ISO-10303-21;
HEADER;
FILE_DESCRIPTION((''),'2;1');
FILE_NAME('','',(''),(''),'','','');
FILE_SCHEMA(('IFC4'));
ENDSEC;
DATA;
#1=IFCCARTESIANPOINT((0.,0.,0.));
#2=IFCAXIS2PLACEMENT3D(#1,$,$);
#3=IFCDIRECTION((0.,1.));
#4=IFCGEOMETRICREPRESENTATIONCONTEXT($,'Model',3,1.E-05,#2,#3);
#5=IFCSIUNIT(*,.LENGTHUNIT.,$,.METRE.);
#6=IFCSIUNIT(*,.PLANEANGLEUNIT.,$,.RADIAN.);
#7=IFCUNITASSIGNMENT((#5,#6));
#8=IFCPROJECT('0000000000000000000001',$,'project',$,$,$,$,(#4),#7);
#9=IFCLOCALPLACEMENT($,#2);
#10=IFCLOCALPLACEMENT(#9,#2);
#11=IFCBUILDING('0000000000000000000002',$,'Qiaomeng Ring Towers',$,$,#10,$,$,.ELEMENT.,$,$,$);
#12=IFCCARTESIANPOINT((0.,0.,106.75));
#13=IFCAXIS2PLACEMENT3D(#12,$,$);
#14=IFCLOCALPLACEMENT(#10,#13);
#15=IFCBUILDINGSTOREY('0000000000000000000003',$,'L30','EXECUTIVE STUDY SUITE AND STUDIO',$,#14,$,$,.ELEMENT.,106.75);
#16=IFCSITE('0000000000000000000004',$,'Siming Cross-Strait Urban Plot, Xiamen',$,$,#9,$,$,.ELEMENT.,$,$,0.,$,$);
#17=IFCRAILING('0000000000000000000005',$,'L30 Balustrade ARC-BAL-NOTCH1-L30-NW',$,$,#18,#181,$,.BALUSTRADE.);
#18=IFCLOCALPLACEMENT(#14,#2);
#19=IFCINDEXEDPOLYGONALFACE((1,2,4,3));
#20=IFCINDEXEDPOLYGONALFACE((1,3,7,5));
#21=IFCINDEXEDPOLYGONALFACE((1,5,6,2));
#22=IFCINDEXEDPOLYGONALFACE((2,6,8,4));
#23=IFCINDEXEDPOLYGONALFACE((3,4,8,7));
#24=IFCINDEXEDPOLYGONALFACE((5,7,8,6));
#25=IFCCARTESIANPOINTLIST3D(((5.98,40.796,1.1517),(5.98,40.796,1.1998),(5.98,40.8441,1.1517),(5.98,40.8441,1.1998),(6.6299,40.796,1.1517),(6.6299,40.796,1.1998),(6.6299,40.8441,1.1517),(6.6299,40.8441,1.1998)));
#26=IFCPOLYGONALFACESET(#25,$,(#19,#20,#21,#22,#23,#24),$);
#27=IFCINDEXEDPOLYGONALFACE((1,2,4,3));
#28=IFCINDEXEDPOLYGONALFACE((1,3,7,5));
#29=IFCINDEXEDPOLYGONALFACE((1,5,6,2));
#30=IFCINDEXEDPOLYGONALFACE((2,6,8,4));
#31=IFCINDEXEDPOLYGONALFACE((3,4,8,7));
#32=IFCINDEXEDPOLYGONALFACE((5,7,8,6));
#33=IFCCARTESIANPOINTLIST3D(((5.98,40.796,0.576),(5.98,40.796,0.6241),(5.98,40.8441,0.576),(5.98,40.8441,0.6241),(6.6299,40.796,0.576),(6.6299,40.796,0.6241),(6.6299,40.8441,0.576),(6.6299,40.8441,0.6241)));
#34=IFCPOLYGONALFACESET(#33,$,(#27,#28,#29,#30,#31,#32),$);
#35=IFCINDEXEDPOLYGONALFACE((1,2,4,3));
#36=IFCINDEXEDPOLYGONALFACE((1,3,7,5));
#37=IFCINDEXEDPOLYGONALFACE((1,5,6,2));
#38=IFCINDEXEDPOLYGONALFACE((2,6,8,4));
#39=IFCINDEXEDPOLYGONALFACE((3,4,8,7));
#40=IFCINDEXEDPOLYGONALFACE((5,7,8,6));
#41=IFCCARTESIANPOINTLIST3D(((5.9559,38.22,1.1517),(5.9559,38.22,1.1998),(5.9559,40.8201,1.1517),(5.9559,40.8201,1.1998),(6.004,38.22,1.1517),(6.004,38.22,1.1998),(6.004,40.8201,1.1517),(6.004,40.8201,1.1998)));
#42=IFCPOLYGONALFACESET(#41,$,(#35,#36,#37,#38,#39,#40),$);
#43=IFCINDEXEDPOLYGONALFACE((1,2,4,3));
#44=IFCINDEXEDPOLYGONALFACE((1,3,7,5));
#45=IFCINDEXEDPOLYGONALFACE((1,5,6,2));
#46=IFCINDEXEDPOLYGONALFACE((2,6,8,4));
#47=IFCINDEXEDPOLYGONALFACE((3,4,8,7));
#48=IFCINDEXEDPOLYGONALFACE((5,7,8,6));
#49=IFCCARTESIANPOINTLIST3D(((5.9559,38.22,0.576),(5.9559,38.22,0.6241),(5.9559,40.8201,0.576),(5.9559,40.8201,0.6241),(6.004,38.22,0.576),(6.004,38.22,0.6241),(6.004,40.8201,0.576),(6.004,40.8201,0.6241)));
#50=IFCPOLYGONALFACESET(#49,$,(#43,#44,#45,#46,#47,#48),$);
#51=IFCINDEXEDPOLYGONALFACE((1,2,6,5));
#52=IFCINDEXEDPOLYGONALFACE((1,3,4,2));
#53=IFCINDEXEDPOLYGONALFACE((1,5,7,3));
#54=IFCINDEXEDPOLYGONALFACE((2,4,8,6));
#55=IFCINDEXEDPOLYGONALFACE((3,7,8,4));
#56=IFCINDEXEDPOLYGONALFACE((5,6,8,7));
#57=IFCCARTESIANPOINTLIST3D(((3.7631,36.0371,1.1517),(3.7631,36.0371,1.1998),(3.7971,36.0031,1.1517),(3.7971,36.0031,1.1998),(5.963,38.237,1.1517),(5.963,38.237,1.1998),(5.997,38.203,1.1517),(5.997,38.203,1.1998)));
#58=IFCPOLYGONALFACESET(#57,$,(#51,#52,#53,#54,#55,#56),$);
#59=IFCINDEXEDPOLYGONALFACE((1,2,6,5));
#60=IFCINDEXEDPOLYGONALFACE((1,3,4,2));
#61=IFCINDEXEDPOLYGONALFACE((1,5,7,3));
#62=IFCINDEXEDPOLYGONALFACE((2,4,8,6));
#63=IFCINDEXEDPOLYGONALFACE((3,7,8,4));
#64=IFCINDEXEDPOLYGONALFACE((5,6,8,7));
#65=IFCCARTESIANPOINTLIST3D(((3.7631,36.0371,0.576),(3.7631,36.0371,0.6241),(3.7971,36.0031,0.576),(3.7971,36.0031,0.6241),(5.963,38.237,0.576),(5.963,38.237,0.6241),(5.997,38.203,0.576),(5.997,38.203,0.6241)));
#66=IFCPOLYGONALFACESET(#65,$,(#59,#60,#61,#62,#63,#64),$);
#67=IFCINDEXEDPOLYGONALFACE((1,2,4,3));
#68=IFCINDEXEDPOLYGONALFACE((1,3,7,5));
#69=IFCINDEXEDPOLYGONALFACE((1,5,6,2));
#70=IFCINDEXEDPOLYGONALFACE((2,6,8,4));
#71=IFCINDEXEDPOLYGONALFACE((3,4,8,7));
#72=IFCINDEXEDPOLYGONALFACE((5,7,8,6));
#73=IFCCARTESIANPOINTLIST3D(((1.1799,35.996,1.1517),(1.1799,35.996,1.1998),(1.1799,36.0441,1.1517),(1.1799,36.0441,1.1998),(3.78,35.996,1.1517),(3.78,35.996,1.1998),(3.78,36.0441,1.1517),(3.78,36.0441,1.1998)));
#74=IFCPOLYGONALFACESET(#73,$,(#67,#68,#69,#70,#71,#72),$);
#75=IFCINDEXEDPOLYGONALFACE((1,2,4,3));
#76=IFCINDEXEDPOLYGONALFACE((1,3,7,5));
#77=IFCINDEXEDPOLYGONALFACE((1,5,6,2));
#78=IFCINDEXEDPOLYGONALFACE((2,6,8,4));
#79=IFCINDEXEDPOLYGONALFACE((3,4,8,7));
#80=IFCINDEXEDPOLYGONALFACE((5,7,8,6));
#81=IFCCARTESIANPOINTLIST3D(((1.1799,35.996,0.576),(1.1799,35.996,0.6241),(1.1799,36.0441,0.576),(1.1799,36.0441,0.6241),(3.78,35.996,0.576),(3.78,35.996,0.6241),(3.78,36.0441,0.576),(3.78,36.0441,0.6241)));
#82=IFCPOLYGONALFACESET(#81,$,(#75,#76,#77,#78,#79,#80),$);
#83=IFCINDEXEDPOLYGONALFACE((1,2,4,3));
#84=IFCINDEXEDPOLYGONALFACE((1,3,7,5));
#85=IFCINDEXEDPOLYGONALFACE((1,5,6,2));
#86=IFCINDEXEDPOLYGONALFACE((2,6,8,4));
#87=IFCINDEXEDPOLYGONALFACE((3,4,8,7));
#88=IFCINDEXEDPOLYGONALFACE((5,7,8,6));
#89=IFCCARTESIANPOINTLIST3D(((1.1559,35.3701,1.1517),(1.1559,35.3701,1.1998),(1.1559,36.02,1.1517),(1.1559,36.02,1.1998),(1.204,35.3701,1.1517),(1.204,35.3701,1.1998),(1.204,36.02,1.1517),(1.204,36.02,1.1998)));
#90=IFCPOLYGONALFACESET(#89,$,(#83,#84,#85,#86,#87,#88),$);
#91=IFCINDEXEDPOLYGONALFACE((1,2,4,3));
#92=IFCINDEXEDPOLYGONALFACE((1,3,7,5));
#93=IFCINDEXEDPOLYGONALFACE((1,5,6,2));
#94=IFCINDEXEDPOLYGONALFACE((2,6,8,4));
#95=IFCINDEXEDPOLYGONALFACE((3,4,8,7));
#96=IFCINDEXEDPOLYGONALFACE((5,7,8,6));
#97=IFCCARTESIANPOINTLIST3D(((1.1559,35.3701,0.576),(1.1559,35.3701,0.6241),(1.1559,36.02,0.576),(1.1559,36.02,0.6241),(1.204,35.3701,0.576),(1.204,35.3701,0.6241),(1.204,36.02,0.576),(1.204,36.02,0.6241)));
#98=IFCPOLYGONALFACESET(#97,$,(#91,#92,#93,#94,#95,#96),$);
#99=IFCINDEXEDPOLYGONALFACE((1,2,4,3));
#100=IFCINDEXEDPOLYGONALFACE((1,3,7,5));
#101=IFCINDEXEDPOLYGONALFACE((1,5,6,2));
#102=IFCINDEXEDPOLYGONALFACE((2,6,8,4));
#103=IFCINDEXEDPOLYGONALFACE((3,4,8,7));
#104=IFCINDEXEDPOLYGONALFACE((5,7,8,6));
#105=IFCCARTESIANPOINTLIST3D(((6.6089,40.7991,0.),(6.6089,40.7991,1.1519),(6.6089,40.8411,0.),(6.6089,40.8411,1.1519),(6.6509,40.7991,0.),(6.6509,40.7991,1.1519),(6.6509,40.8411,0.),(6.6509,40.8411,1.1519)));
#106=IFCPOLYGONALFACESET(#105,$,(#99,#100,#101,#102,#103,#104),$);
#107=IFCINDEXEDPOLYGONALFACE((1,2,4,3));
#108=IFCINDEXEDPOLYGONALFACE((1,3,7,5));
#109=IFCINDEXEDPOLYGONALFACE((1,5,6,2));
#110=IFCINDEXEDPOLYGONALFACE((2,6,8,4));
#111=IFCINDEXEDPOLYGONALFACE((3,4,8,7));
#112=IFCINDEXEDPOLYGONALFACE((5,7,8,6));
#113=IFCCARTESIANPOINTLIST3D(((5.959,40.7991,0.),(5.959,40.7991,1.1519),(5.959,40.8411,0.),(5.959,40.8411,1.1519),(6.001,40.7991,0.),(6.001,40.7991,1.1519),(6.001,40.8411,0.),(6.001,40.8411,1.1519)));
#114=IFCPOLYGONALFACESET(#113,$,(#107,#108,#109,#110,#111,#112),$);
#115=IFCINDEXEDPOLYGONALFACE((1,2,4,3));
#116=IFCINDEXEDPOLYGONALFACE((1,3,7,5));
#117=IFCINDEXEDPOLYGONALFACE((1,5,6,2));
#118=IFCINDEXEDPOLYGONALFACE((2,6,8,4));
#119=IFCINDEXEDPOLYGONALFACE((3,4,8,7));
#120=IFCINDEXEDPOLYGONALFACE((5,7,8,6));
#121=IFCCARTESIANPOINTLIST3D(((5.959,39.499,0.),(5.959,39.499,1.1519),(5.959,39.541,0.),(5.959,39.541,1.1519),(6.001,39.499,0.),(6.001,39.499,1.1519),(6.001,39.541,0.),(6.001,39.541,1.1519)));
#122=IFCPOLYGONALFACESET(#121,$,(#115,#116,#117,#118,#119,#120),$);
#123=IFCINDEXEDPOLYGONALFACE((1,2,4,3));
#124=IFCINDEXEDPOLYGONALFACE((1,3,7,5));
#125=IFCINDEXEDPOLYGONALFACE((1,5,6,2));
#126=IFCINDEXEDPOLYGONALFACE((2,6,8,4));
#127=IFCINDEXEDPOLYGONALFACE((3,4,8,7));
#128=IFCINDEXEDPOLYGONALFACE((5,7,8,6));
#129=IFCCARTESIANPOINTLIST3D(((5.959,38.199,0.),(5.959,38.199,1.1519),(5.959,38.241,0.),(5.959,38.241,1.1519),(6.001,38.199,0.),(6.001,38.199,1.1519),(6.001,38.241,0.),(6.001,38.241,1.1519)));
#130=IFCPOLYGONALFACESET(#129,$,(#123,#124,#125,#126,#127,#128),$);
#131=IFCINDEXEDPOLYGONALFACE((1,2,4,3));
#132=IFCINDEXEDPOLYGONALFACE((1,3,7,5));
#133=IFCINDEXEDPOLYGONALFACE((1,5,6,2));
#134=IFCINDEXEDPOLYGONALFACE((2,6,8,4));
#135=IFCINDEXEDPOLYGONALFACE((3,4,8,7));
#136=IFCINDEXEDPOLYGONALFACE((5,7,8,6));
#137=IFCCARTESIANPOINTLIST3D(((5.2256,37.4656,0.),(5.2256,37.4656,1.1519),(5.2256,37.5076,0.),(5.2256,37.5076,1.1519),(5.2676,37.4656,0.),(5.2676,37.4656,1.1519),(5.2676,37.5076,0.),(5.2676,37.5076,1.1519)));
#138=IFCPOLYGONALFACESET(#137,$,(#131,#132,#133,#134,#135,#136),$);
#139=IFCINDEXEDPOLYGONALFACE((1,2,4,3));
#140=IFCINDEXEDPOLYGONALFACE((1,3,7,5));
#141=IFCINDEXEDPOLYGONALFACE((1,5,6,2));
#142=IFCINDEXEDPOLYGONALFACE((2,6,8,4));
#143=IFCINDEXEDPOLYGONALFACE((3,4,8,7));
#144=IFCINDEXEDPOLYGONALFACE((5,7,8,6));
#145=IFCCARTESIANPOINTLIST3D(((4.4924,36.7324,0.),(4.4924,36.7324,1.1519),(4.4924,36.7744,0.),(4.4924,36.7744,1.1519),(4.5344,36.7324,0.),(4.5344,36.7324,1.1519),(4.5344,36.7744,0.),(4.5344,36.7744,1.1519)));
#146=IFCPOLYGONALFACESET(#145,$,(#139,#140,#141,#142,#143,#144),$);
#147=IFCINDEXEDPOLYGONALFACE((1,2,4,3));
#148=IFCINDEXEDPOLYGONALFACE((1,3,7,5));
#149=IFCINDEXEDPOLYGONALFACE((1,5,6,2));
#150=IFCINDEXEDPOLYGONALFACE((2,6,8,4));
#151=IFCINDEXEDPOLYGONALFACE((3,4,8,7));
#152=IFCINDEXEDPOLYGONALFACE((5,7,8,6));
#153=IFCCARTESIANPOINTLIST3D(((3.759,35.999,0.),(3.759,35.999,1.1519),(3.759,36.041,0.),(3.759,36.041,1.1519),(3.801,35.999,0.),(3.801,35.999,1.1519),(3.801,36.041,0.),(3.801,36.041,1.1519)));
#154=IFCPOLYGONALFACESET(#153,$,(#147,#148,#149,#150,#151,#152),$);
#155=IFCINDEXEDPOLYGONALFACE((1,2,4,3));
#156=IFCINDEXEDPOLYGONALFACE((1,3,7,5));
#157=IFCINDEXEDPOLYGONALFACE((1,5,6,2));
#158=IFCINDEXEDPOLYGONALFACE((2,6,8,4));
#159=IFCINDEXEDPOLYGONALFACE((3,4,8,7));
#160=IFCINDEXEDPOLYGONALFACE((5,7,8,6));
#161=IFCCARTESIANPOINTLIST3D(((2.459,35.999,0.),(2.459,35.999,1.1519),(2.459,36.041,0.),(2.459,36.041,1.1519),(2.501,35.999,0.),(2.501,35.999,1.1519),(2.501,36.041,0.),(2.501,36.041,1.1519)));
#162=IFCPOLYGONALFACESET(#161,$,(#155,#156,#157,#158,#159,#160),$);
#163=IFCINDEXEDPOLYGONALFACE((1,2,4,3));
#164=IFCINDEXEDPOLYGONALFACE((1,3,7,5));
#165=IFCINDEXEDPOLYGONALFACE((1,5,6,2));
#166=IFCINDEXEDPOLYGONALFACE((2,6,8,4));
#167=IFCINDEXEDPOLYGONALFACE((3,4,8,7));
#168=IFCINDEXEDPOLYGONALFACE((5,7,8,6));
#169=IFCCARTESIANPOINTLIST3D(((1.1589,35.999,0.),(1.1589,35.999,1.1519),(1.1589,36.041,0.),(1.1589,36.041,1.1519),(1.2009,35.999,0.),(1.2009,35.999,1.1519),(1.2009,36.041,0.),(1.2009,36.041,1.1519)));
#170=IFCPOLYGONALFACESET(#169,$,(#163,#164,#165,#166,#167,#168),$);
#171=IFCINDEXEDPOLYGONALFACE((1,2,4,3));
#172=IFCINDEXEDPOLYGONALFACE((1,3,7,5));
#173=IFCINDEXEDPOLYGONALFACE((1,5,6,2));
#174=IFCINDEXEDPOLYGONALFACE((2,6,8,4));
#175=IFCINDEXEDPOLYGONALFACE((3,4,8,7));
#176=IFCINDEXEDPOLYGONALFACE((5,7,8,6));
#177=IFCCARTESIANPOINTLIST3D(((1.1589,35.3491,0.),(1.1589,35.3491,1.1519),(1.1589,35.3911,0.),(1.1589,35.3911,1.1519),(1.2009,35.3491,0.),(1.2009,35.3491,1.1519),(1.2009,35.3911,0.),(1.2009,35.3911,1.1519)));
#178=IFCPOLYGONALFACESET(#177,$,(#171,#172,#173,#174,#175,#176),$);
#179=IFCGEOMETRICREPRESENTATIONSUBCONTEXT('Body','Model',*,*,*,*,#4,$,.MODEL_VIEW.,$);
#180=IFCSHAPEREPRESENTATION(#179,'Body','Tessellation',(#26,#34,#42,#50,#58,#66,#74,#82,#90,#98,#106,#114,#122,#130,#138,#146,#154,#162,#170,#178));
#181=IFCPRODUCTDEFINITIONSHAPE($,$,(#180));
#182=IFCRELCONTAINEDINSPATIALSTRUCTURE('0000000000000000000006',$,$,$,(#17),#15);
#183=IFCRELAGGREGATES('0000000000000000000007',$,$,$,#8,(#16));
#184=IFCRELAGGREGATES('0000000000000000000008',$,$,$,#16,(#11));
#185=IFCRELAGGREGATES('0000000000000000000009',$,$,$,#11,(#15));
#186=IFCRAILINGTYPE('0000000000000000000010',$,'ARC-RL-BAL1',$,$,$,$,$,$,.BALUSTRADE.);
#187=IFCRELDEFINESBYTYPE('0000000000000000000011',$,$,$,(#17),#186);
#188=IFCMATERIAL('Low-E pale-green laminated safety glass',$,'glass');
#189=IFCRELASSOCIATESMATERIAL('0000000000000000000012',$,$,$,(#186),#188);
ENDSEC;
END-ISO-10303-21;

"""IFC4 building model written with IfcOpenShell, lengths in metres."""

from ifc_helpers import new_model, si_unit, direction, frame, origin, origin_2d, place, context, subcontext, project, spatial, rectangle, extrude, material, type_object, element, save


model = new_model("IFC4")

# Units and contexts
model_context = context("Model", 3, precision=1e-05, world=origin(), true_north=direction((0.0, 1.0)))
body_context = subcontext(model_context, "Body", "Model", "MODEL_VIEW")
ifc_project = project(units=[si_unit("LENGTHUNIT", "METRE"), si_unit("PLANEANGLEUNIT", "RADIAN")], contexts=[model_context])

# Site, building, storey
site_placement = place(None, origin())
site = spatial("IfcSite", under=ifc_project, at=site_placement, Name="Siming Cross-Strait Urban Plot, Xiamen", CompositionType="ELEMENT", RefElevation=0.0)
building_placement = place(site_placement, origin())
building = spatial("IfcBuilding", under=site, at=building_placement, Name="Qiaomeng Ring Towers", CompositionType="ELEMENT")
storey_placement = place(building_placement, frame((0.0, 0.0, 106.75)))
storey = spatial("IfcBuildingStorey", under=building, at=storey_placement, Name="L30", Description="EXECUTIVE STUDY SUITE AND STUDIO", CompositionType="ELEMENT", Elevation=106.75)

# Railing
ifc_material_1 = material(Name="Low-E pale-green laminated safety glass", Category="glass")
railing_type = type_object("IfcRailingType", Name="ARC-RL-BAL1", PredefinedType="BALUSTRADE", material=ifc_material_1)
railing_placement = place(storey_placement, frame((6.6299, 40.8201, 0.0)))
element("IfcRailing", 1, at=railing_placement, inside=storey, type_object=railing_type, Name="L30 Balustrade ARC-BAL-NOTCH1-L30-NW", PredefinedType="BALUSTRADE", context=body_context, shape_type="SweptSolid", body=[
    extrude(rectangle(XDim=0.0481, YDim=0.0481, at=origin_2d()), frame((0.0, 0.0, 1.1758), z_axis=(-1.0, 0.0, 0.0), x_axis=(0.0, -1.0, 0.0)), (0.0, 0.0, 1.0), 0.6499),
    extrude(rectangle(XDim=0.0481, YDim=0.0481, at=origin_2d()), frame((0.0, 0.0, 0.6001), z_axis=(-1.0, 0.0, 0.0), x_axis=(0.0, -1.0, 0.0)), (0.0, 0.0, 1.0), 0.6499),
    extrude(rectangle(XDim=0.0481, YDim=0.0481, at=origin_2d()), frame((-0.6499, 0.0, 1.1758), z_axis=(0.0, -1.0, 0.0), x_axis=(1.0, 0.0, 0.0)), (0.0, 0.0, 1.0), 2.6001),
    extrude(rectangle(XDim=0.0481, YDim=0.0481, at=origin_2d()), frame((-0.6499, 0.0, 0.6001), z_axis=(0.0, -1.0, 0.0), x_axis=(1.0, 0.0, 0.0)), (0.0, 0.0, 1.0), 2.6001),
    extrude(rectangle(XDim=0.0481, YDim=0.0481, at=origin_2d()), frame((-0.6499, -2.6001, 1.1758), z_axis=(-0.707107, -0.707107, 0.0), x_axis=(0.707107, -0.707107, 0.0)), (0.0, 0.0, 1.0), 3.1111),
    extrude(rectangle(XDim=0.0481, YDim=0.0481, at=origin_2d()), frame((-0.6499, -2.6001, 0.6001), z_axis=(-0.707107, -0.707107, 0.0), x_axis=(0.707107, -0.707107, 0.0)), (0.0, 0.0, 1.0), 3.1111),
    extrude(rectangle(XDim=0.0481, YDim=0.0481, at=origin_2d()), frame((-2.8499, -4.8, 1.1758), z_axis=(-1.0, 0.0, 0.0), x_axis=(0.0, -1.0, 0.0)), (0.0, 0.0, 1.0), 2.6001),
    extrude(rectangle(XDim=0.0481, YDim=0.0481, at=origin_2d()), frame((-2.8499, -4.8, 0.6001), z_axis=(-1.0, 0.0, 0.0), x_axis=(0.0, -1.0, 0.0)), (0.0, 0.0, 1.0), 2.6001),
    extrude(rectangle(XDim=0.0481, YDim=0.0481, at=origin_2d()), frame((-5.45, -4.8, 1.1758), z_axis=(0.0, -1.0, 0.0), x_axis=(1.0, 0.0, 0.0)), (0.0, 0.0, 1.0), 0.6499),
    extrude(rectangle(XDim=0.0481, YDim=0.0481, at=origin_2d()), frame((-5.45, -4.8, 0.6001), z_axis=(0.0, -1.0, 0.0), x_axis=(1.0, 0.0, 0.0)), (0.0, 0.0, 1.0), 0.6499),
    extrude(rectangle(XDim=0.042, YDim=0.042, at=origin_2d()), origin(), (0.0, 0.0, 1.0), 1.1519),
    extrude(rectangle(XDim=0.042, YDim=0.042, at=origin_2d()), frame((-0.6499, 0.0, 0.0)), (0.0, 0.0, 1.0), 1.1519),
    extrude(rectangle(XDim=0.042, YDim=0.042, at=origin_2d()), frame((-0.6499, -1.3, 0.0)), (0.0, 0.0, 1.0), 1.1519),
    extrude(rectangle(XDim=0.042, YDim=0.042, at=origin_2d()), frame((-0.6499, -2.6001, 0.0)), (0.0, 0.0, 1.0), 1.1519),
    extrude(rectangle(XDim=0.042, YDim=0.042, at=origin_2d()), frame((-1.3833, -3.3335, 0.0)), (0.0, 0.0, 1.0), 1.1519),
    extrude(rectangle(XDim=0.042, YDim=0.042, at=origin_2d()), frame((-2.1165, -4.0667, 0.0)), (0.0, 0.0, 1.0), 1.1519),
    extrude(rectangle(XDim=0.042, YDim=0.042, at=origin_2d()), frame((-2.8499, -4.8, 0.0)), (0.0, 0.0, 1.0), 1.1519),
    extrude(rectangle(XDim=0.042, YDim=0.042, at=origin_2d()), frame((-4.1499, -4.8, 0.0)), (0.0, 0.0, 1.0), 1.1519),
    extrude(rectangle(XDim=0.042, YDim=0.042, at=origin_2d()), frame((-5.45, -4.8, 0.0)), (0.0, 0.0, 1.0), 1.1519),
    extrude(rectangle(XDim=0.042, YDim=0.042, at=origin_2d()), frame((-5.45, -5.45, 0.0)), (0.0, 0.0, 1.0), 1.1519),
])

save(model, "model.ifc")
